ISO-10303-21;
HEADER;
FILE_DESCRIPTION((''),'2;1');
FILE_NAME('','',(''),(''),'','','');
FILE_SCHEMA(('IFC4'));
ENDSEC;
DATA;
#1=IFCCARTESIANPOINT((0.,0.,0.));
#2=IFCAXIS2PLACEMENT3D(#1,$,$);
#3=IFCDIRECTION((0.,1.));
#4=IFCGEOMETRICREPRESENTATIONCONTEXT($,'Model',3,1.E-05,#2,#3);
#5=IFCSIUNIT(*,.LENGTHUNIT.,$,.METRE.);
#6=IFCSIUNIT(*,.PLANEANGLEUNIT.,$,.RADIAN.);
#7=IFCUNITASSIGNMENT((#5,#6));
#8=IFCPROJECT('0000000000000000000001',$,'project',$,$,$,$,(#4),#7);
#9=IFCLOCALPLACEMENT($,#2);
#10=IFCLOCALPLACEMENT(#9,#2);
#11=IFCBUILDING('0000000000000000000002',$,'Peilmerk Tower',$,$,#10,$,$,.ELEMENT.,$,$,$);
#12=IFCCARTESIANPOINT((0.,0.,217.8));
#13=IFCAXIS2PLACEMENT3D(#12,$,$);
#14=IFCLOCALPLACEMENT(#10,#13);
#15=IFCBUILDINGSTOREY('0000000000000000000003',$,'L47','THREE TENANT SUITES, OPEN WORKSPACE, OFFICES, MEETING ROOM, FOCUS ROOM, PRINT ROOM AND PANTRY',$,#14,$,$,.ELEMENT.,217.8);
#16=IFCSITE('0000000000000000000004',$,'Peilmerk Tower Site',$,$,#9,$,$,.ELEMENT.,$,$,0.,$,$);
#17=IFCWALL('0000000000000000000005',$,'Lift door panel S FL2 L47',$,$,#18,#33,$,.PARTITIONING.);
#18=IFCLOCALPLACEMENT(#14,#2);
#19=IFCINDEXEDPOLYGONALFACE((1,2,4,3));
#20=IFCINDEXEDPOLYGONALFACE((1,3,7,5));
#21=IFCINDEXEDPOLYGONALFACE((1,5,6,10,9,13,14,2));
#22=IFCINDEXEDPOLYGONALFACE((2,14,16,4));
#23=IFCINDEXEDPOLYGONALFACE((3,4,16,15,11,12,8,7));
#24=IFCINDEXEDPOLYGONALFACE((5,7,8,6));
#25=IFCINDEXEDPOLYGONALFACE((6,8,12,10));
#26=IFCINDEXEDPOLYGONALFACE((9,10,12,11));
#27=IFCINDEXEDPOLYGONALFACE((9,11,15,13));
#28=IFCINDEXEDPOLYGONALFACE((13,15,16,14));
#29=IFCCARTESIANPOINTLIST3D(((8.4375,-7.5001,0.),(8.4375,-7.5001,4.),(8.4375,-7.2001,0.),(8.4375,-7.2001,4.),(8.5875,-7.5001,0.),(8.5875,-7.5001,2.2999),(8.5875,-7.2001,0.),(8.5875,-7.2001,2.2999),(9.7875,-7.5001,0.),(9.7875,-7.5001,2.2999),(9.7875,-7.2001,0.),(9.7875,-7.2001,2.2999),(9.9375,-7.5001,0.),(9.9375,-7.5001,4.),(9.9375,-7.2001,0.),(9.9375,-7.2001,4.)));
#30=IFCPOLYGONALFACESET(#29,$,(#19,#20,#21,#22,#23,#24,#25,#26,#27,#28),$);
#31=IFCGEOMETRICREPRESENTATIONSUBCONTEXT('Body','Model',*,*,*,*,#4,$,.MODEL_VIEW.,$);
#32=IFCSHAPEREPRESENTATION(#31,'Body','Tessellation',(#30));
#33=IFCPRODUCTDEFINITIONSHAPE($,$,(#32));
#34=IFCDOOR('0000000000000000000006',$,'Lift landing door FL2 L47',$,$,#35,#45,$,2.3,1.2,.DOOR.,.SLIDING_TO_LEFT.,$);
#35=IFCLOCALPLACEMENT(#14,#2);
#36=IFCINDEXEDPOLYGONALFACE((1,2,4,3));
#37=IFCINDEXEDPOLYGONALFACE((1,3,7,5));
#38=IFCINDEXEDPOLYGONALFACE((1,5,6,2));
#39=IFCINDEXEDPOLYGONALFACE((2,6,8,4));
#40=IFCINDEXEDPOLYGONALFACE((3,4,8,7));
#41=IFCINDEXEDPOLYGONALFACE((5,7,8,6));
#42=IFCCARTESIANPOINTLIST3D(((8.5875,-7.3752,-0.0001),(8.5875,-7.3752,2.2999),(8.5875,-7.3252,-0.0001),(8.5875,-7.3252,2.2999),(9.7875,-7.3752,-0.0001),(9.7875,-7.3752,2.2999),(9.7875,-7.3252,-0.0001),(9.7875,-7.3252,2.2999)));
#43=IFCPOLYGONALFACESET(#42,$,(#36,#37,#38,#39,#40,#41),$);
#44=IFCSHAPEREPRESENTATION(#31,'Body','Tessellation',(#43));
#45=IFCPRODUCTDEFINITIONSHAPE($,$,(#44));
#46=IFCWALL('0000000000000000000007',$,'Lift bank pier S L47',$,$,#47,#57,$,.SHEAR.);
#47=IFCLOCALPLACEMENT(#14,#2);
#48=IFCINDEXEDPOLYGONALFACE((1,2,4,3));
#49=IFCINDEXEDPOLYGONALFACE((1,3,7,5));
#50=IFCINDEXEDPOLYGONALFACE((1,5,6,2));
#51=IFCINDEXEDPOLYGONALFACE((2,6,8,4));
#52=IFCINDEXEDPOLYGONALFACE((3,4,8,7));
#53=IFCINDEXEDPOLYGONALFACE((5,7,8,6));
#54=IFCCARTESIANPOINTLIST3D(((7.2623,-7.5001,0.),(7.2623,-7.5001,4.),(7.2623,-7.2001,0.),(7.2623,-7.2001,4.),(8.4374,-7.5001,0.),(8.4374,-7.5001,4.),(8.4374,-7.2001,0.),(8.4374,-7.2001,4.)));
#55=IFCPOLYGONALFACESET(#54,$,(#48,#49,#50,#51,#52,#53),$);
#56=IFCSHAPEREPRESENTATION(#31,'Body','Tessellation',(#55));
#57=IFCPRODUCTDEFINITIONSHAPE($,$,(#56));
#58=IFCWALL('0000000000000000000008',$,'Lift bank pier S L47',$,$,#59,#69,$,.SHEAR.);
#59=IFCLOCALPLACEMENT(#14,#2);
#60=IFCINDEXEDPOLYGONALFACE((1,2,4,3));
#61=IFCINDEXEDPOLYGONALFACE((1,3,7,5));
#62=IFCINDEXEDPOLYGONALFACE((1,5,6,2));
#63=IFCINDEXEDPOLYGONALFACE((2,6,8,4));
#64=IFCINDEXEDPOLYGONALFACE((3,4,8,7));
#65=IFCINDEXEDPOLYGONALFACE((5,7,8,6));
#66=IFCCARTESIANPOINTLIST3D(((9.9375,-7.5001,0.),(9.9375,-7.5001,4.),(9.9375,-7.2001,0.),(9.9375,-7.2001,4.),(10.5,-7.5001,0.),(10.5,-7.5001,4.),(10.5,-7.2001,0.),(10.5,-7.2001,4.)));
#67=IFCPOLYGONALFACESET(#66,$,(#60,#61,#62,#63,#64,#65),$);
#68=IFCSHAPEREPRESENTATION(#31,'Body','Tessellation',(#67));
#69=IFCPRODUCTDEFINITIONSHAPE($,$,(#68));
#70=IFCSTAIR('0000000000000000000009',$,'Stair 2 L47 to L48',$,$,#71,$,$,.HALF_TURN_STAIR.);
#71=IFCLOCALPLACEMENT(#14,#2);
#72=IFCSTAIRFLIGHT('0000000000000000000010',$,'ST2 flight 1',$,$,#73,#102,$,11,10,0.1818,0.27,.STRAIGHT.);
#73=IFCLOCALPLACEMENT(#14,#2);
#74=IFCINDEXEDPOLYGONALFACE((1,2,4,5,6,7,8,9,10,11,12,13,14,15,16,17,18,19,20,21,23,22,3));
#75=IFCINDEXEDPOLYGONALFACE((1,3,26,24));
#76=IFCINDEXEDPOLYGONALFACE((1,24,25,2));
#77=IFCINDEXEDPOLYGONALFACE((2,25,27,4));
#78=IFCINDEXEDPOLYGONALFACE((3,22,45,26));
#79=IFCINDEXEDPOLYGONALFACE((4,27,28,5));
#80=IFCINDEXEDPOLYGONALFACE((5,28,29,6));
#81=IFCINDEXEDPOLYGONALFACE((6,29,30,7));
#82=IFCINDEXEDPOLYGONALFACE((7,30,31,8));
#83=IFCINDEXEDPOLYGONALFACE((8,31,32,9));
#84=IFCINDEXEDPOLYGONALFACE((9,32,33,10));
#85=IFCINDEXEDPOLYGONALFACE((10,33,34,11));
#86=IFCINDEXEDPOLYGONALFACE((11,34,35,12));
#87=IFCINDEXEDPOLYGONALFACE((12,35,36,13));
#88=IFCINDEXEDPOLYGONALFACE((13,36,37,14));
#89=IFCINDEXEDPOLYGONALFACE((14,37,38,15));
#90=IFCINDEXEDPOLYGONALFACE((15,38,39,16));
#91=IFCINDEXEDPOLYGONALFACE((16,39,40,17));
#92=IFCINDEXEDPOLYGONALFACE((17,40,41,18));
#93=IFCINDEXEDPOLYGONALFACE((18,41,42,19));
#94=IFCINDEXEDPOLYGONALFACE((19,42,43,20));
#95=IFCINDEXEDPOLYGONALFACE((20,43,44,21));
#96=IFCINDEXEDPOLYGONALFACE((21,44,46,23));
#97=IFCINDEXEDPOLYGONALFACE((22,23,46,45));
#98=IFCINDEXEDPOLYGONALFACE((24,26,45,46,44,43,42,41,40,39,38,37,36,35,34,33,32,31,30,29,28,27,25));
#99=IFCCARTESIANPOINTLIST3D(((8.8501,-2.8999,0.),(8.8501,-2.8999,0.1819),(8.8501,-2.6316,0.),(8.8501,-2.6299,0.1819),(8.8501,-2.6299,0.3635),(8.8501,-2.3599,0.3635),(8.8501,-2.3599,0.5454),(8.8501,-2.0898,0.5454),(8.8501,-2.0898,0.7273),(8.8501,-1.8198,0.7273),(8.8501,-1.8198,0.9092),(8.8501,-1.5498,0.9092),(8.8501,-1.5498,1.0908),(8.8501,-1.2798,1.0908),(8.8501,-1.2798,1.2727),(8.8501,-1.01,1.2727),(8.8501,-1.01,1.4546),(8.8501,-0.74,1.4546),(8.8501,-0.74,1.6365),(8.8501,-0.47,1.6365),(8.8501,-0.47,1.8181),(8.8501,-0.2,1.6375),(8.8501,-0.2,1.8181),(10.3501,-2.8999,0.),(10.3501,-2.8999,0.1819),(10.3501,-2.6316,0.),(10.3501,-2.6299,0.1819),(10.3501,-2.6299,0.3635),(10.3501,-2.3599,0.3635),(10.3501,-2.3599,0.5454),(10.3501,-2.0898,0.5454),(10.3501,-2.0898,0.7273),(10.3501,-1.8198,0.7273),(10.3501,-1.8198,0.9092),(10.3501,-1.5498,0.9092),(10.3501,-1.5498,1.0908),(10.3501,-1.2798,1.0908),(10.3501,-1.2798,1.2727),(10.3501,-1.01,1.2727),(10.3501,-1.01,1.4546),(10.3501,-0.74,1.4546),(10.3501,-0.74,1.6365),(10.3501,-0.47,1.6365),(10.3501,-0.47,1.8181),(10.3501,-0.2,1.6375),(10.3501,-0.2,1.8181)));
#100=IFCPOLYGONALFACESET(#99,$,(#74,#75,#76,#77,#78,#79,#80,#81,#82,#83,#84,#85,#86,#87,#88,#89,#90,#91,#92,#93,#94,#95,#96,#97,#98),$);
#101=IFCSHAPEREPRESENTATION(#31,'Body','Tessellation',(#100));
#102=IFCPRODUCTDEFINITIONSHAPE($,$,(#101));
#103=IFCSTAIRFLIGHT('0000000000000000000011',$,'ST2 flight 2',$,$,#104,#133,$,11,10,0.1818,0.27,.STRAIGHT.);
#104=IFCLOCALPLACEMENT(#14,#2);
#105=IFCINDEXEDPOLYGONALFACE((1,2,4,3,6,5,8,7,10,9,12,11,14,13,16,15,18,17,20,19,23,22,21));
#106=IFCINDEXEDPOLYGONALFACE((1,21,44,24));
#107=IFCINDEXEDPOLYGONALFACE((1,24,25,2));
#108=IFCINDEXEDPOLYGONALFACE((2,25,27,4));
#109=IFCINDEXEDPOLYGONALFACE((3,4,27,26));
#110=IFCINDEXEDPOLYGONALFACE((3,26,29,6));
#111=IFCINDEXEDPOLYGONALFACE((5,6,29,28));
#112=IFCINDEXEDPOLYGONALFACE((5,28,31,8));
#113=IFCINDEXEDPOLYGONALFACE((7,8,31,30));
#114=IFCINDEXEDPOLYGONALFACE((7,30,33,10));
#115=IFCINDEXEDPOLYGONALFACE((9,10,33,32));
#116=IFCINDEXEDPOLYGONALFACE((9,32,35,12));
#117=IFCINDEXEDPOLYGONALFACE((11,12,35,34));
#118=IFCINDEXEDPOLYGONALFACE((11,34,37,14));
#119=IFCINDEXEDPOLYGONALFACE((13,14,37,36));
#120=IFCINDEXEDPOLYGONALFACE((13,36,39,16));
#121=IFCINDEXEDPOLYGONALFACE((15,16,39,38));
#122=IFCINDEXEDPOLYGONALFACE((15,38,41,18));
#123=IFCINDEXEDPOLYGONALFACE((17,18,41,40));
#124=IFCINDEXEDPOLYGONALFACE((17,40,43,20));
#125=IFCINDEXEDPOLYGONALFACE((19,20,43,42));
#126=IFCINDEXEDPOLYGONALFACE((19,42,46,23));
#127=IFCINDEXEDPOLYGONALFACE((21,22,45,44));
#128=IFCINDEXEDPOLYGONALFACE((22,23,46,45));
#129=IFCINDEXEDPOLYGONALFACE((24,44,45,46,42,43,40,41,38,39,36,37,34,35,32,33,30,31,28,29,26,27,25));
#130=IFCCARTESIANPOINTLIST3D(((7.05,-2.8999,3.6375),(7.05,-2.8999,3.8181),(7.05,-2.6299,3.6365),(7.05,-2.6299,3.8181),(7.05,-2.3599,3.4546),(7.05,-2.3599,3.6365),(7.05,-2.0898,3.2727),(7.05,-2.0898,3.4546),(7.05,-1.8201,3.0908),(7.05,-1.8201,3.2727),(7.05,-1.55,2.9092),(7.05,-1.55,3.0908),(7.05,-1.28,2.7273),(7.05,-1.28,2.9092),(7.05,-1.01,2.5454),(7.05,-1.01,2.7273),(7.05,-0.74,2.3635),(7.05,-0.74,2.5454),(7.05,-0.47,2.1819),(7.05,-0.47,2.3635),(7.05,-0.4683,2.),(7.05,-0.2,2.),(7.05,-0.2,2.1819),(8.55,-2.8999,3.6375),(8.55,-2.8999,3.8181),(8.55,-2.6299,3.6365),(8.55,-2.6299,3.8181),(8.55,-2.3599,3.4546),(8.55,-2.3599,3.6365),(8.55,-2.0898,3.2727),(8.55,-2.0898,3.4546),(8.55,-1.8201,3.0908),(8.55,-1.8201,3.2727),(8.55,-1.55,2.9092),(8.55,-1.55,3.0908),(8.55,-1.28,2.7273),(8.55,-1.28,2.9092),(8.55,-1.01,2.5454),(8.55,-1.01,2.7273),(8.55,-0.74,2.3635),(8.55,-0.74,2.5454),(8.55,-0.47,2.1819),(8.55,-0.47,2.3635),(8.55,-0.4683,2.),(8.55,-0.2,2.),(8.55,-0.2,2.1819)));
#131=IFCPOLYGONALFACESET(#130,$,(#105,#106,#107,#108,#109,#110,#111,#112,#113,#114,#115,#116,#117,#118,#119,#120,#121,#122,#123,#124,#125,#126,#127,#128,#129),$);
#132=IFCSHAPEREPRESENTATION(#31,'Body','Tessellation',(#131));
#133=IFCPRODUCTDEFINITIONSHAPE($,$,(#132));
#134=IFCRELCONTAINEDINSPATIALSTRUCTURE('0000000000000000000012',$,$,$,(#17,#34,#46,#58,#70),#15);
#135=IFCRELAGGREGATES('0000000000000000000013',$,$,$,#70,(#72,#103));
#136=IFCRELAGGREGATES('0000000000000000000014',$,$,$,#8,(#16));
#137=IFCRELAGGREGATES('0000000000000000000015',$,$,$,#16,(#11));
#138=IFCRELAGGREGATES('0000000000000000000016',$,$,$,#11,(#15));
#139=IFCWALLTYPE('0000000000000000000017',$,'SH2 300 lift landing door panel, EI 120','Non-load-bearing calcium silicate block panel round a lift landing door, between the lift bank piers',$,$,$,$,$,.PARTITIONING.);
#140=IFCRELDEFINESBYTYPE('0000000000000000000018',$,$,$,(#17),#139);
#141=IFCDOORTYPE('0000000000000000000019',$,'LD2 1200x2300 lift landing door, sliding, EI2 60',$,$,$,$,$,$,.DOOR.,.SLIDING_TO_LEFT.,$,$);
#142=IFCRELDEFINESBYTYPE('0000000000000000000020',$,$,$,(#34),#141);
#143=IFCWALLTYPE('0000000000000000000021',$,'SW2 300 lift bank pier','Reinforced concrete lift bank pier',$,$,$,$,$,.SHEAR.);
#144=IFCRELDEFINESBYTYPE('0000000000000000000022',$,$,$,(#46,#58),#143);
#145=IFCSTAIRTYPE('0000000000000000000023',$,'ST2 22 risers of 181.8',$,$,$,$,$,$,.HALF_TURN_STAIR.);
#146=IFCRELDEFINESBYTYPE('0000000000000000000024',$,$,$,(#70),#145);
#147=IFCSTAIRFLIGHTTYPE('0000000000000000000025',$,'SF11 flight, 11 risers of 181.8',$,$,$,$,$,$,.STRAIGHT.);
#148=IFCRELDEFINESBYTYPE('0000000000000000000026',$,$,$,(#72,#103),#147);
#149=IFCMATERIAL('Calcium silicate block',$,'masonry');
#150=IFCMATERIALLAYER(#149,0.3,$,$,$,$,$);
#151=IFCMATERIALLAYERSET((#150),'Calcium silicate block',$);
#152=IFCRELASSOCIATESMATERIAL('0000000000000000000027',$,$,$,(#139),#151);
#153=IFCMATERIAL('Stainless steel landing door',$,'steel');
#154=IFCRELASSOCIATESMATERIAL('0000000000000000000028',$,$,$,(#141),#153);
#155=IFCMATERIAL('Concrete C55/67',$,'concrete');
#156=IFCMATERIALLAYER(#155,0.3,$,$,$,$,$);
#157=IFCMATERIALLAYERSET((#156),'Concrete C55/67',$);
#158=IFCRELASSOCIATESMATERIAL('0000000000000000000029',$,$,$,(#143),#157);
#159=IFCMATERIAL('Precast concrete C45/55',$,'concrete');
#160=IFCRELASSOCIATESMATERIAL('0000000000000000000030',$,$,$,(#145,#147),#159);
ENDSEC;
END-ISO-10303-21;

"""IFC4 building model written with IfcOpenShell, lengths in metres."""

from ifc_helpers import new_model, si_unit, direction, frame, frame_2d, origin, place, context, subcontext, project, spatial, polyline, rectangle, outline, extrude, material, layer, layer_set, type_object, element, fill, aggregate, save


model = new_model("IFC4")

# Units and contexts
model_context = context("Model", 3, precision=1e-05, world=origin(), true_north=direction((0.0, 1.0)))
body_context = subcontext(model_context, "Body", "Model", "MODEL_VIEW")
ifc_project = project(units=[si_unit("LENGTHUNIT", "METRE"), si_unit("PLANEANGLEUNIT", "RADIAN")], contexts=[model_context])

# Site, building, storey
site_placement = place(None, origin())
site = spatial("IfcSite", under=ifc_project, at=site_placement, Name="Peilmerk Tower Site", CompositionType="ELEMENT", RefElevation=0.0)
building_placement = place(site_placement, origin())
building = spatial("IfcBuilding", under=site, at=building_placement, Name="Peilmerk Tower", CompositionType="ELEMENT")
storey_placement = place(building_placement, frame((0.0, 0.0, 217.8)))
storey = spatial("IfcBuildingStorey", under=building, at=storey_placement, Name="L47", Description="THREE TENANT SUITES, OPEN WORKSPACE, OFFICES, MEETING ROOM, FOCUS ROOM, PRINT ROOM AND PANTRY", CompositionType="ELEMENT", Elevation=217.8)

# Wall, opening, door
ifc_material_1 = material(Name="Calcium silicate block", Category="masonry")
ifc_layer_1 = layer(ifc_material_1, 0.3)
ifc_layer_set_1 = layer_set([ifc_layer_1], Name="Calcium silicate block")
wall_type_1 = type_object("IfcWallType", Name="SH2 300 lift landing door panel, EI 120", Description="Non-load-bearing calcium silicate block panel round a lift landing door, between the lift bank piers", PredefinedType="PARTITIONING", material=ifc_layer_set_1)
wall_1_placement = place(storey_placement, frame((8.4375, -7.3501, 0.0), z_axis=(0.0, 0.0, 1.0), x_axis=(1.0, 0.0, 0.0)))
wall_1 = element("IfcWall", 1, at=wall_1_placement, inside=storey, type_object=wall_type_1, Name="Lift door panel S FL2 L47", PredefinedType="PARTITIONING", context=body_context, shape_type="SweptSolid", body=[
    extrude(rectangle(XDim=1.5, YDim=0.3, at=frame_2d((0.75, 0.0))), origin(), (0.0, 0.0, 1.0), 4.0),
])
opening_1_placement = place(wall_1_placement, frame((0.1499, 0.0, 0.0)))
opening_1 = element("IfcOpeningElement", 2, at=opening_1_placement, cuts=wall_1, PredefinedType="OPENING", context=body_context, shape_type="SweptSolid", body=[
    extrude(rectangle(XDim=1.2, YDim=2.3, at=frame_2d((0.6001, 1.1499))), frame((0.0, 0.1599, 0.0), z_axis=(0.0, -1.0, 0.0), x_axis=(1.0, 0.0, 0.0)), (0.0, 0.0, 1.0), 0.3201),
])
ifc_material_2 = material(Name="Stainless steel landing door", Category="steel")
door_type_1 = type_object("IfcDoorType", Name="LD2 1200x2300 lift landing door, sliding, EI2 60", OperationType="SLIDING_TO_LEFT", PredefinedType="DOOR", material=ifc_material_2)
door_1_placement = place(opening_1_placement, origin())
door_1 = element("IfcDoor", 3, at=door_1_placement, inside=storey, type_object=door_type_1, Name="Lift landing door FL2 L47", OperationType="SLIDING_TO_LEFT", OverallHeight=2.3, OverallWidth=1.2, PredefinedType="DOOR", context=body_context, shape_type="SweptSolid", body=[
    extrude(rectangle(XDim=1.2, YDim=2.3, at=frame_2d((0.6001, 1.1499))), frame((0.0, 0.0249, 0.0), z_axis=(0.0, -1.0, 0.0), x_axis=(1.0, 0.0, 0.0)), (0.0, 0.0, 1.0), 0.05),
])
fill(opening_1, door_1)

# Walls
ifc_material_3 = material(Name="Concrete C55/67", Category="concrete")
ifc_layer_2 = layer(ifc_material_3, 0.3)
ifc_layer_set_2 = layer_set([ifc_layer_2], Name="Concrete C55/67")
wall_type_2 = type_object("IfcWallType", Name="SW2 300 lift bank pier", Description="Reinforced concrete lift bank pier", PredefinedType="SHEAR", material=ifc_layer_set_2)
wall_2_placement = place(storey_placement, frame((7.2625, -7.3501, 0.0), z_axis=(0.0, 0.0, 1.0), x_axis=(1.0, 0.0, 0.0)))
element("IfcWall", 4, at=wall_2_placement, inside=storey, type_object=wall_type_2, Name="Lift bank pier S L47", PredefinedType="SHEAR", context=body_context, shape_type="SweptSolid", body=[
    extrude(rectangle(XDim=1.175, YDim=0.3, at=frame_2d((0.5874, 0.0))), origin(), (0.0, 0.0, 1.0), 4.0),
])
wall_3_placement = place(storey_placement, frame((9.9375, -7.3501, 0.0), z_axis=(0.0, 0.0, 1.0), x_axis=(1.0, 0.0, 0.0)))
element("IfcWall", 5, at=wall_3_placement, inside=storey, type_object=wall_type_2, Name="Lift bank pier S L47", PredefinedType="SHEAR", context=body_context, shape_type="SweptSolid", body=[
    extrude(rectangle(XDim=0.5625, YDim=0.3, at=frame_2d((0.2812, 0.0))), origin(), (0.0, 0.0, 1.0), 4.0),
])

# Stair, stair flights
ifc_material_4 = material(Name="Precast concrete C45/55", Category="concrete")
stair_type = type_object("IfcStairType", Name="ST2 22 risers of 181.8", PredefinedType="HALF_TURN_STAIR", material=ifc_material_4)
stair_placement = place(storey_placement, origin())
stair = element("IfcStair", 6, at=stair_placement, inside=storey, type_object=stair_type, Name="Stair 2 L47 to L48", PredefinedType="HALF_TURN_STAIR")
stair_flight_type = type_object("IfcStairFlightType", Name="SF11 flight, 11 risers of 181.8", PredefinedType="STRAIGHT", material=ifc_material_4)
stair_flight_1_placement = place(storey_placement, frame((9.6001, -2.8999, 0.0), z_axis=(0.0, 0.0, 1.0), x_axis=(0.0, 1.0, 0.0)))
stair_flight_1 = element("IfcStairFlight", 7, at=stair_flight_1_placement, type_object=stair_flight_type, Name="ST2 flight 1", NumberOfRisers=11, NumberOfTreads=10, PredefinedType="STRAIGHT", RiserHeight=0.1818, TreadLength=0.27, context=body_context, shape_type="SweptSolid", body=[
    extrude(outline(polyline([(0.0, 0.0), (0.0, 0.1819), (0.27, 0.1819), (0.27, 0.3635), (0.54, 0.3635), (0.54, 0.5454), (0.8101, 0.5454), (0.8101, 0.7273), (1.0801, 0.7273), (1.0801, 0.9092), (1.3501, 0.9092), (1.3501, 1.0908), (1.6201, 1.0908), (1.6201, 1.2727), (1.8899, 1.2727), (1.8899, 1.4546), (2.1599, 1.4546), (2.1599, 1.6365), (2.4299, 1.6365), (2.4299, 1.8181), (2.7, 1.8181), (2.7, 2.0), (2.7, 1.6375), (0.2683, 0.0), (0.0, 0.0)])), frame((0.0, 0.75, 0.0), z_axis=(0.0, -1.0, 0.0), x_axis=(1.0, 0.0, 0.0)), (0.0, 0.0, 1.0), 1.5),
])
stair_flight_2_placement = place(storey_placement, frame((7.8, -0.2, 2.0), z_axis=(0.0, 0.0, 1.0), x_axis=(0.0, -1.0, 0.0)))
stair_flight_2 = element("IfcStairFlight", 8, at=stair_flight_2_placement, type_object=stair_flight_type, Name="ST2 flight 2", NumberOfRisers=11, NumberOfTreads=10, PredefinedType="STRAIGHT", RiserHeight=0.1818, TreadLength=0.27, context=body_context, shape_type="SweptSolid", body=[
    extrude(outline(polyline([(0.0, 0.0), (0.0, 0.1819), (0.27, 0.1819), (0.27, 0.3635), (0.54, 0.3635), (0.54, 0.5454), (0.8101, 0.5454), (0.8101, 0.7273), (1.0801, 0.7273), (1.0801, 0.9092), (1.3501, 0.9092), (1.3501, 1.0908), (1.6201, 1.0908), (1.6201, 1.2727), (1.8899, 1.2727), (1.8899, 1.4546), (2.1599, 1.4546), (2.1599, 1.6365), (2.4299, 1.6365), (2.4299, 1.8181), (2.7, 1.8181), (2.7, 2.0), (2.7, 1.6375), (0.2683, 0.0), (0.0, 0.0)])), frame((0.0, 0.75, 0.0), z_axis=(0.0, -1.0, 0.0), x_axis=(1.0, 0.0, 0.0)), (0.0, 0.0, 1.0), 1.5),
])
aggregate(stair, [stair_flight_1, stair_flight_2])

save(model, "model.ifc")
